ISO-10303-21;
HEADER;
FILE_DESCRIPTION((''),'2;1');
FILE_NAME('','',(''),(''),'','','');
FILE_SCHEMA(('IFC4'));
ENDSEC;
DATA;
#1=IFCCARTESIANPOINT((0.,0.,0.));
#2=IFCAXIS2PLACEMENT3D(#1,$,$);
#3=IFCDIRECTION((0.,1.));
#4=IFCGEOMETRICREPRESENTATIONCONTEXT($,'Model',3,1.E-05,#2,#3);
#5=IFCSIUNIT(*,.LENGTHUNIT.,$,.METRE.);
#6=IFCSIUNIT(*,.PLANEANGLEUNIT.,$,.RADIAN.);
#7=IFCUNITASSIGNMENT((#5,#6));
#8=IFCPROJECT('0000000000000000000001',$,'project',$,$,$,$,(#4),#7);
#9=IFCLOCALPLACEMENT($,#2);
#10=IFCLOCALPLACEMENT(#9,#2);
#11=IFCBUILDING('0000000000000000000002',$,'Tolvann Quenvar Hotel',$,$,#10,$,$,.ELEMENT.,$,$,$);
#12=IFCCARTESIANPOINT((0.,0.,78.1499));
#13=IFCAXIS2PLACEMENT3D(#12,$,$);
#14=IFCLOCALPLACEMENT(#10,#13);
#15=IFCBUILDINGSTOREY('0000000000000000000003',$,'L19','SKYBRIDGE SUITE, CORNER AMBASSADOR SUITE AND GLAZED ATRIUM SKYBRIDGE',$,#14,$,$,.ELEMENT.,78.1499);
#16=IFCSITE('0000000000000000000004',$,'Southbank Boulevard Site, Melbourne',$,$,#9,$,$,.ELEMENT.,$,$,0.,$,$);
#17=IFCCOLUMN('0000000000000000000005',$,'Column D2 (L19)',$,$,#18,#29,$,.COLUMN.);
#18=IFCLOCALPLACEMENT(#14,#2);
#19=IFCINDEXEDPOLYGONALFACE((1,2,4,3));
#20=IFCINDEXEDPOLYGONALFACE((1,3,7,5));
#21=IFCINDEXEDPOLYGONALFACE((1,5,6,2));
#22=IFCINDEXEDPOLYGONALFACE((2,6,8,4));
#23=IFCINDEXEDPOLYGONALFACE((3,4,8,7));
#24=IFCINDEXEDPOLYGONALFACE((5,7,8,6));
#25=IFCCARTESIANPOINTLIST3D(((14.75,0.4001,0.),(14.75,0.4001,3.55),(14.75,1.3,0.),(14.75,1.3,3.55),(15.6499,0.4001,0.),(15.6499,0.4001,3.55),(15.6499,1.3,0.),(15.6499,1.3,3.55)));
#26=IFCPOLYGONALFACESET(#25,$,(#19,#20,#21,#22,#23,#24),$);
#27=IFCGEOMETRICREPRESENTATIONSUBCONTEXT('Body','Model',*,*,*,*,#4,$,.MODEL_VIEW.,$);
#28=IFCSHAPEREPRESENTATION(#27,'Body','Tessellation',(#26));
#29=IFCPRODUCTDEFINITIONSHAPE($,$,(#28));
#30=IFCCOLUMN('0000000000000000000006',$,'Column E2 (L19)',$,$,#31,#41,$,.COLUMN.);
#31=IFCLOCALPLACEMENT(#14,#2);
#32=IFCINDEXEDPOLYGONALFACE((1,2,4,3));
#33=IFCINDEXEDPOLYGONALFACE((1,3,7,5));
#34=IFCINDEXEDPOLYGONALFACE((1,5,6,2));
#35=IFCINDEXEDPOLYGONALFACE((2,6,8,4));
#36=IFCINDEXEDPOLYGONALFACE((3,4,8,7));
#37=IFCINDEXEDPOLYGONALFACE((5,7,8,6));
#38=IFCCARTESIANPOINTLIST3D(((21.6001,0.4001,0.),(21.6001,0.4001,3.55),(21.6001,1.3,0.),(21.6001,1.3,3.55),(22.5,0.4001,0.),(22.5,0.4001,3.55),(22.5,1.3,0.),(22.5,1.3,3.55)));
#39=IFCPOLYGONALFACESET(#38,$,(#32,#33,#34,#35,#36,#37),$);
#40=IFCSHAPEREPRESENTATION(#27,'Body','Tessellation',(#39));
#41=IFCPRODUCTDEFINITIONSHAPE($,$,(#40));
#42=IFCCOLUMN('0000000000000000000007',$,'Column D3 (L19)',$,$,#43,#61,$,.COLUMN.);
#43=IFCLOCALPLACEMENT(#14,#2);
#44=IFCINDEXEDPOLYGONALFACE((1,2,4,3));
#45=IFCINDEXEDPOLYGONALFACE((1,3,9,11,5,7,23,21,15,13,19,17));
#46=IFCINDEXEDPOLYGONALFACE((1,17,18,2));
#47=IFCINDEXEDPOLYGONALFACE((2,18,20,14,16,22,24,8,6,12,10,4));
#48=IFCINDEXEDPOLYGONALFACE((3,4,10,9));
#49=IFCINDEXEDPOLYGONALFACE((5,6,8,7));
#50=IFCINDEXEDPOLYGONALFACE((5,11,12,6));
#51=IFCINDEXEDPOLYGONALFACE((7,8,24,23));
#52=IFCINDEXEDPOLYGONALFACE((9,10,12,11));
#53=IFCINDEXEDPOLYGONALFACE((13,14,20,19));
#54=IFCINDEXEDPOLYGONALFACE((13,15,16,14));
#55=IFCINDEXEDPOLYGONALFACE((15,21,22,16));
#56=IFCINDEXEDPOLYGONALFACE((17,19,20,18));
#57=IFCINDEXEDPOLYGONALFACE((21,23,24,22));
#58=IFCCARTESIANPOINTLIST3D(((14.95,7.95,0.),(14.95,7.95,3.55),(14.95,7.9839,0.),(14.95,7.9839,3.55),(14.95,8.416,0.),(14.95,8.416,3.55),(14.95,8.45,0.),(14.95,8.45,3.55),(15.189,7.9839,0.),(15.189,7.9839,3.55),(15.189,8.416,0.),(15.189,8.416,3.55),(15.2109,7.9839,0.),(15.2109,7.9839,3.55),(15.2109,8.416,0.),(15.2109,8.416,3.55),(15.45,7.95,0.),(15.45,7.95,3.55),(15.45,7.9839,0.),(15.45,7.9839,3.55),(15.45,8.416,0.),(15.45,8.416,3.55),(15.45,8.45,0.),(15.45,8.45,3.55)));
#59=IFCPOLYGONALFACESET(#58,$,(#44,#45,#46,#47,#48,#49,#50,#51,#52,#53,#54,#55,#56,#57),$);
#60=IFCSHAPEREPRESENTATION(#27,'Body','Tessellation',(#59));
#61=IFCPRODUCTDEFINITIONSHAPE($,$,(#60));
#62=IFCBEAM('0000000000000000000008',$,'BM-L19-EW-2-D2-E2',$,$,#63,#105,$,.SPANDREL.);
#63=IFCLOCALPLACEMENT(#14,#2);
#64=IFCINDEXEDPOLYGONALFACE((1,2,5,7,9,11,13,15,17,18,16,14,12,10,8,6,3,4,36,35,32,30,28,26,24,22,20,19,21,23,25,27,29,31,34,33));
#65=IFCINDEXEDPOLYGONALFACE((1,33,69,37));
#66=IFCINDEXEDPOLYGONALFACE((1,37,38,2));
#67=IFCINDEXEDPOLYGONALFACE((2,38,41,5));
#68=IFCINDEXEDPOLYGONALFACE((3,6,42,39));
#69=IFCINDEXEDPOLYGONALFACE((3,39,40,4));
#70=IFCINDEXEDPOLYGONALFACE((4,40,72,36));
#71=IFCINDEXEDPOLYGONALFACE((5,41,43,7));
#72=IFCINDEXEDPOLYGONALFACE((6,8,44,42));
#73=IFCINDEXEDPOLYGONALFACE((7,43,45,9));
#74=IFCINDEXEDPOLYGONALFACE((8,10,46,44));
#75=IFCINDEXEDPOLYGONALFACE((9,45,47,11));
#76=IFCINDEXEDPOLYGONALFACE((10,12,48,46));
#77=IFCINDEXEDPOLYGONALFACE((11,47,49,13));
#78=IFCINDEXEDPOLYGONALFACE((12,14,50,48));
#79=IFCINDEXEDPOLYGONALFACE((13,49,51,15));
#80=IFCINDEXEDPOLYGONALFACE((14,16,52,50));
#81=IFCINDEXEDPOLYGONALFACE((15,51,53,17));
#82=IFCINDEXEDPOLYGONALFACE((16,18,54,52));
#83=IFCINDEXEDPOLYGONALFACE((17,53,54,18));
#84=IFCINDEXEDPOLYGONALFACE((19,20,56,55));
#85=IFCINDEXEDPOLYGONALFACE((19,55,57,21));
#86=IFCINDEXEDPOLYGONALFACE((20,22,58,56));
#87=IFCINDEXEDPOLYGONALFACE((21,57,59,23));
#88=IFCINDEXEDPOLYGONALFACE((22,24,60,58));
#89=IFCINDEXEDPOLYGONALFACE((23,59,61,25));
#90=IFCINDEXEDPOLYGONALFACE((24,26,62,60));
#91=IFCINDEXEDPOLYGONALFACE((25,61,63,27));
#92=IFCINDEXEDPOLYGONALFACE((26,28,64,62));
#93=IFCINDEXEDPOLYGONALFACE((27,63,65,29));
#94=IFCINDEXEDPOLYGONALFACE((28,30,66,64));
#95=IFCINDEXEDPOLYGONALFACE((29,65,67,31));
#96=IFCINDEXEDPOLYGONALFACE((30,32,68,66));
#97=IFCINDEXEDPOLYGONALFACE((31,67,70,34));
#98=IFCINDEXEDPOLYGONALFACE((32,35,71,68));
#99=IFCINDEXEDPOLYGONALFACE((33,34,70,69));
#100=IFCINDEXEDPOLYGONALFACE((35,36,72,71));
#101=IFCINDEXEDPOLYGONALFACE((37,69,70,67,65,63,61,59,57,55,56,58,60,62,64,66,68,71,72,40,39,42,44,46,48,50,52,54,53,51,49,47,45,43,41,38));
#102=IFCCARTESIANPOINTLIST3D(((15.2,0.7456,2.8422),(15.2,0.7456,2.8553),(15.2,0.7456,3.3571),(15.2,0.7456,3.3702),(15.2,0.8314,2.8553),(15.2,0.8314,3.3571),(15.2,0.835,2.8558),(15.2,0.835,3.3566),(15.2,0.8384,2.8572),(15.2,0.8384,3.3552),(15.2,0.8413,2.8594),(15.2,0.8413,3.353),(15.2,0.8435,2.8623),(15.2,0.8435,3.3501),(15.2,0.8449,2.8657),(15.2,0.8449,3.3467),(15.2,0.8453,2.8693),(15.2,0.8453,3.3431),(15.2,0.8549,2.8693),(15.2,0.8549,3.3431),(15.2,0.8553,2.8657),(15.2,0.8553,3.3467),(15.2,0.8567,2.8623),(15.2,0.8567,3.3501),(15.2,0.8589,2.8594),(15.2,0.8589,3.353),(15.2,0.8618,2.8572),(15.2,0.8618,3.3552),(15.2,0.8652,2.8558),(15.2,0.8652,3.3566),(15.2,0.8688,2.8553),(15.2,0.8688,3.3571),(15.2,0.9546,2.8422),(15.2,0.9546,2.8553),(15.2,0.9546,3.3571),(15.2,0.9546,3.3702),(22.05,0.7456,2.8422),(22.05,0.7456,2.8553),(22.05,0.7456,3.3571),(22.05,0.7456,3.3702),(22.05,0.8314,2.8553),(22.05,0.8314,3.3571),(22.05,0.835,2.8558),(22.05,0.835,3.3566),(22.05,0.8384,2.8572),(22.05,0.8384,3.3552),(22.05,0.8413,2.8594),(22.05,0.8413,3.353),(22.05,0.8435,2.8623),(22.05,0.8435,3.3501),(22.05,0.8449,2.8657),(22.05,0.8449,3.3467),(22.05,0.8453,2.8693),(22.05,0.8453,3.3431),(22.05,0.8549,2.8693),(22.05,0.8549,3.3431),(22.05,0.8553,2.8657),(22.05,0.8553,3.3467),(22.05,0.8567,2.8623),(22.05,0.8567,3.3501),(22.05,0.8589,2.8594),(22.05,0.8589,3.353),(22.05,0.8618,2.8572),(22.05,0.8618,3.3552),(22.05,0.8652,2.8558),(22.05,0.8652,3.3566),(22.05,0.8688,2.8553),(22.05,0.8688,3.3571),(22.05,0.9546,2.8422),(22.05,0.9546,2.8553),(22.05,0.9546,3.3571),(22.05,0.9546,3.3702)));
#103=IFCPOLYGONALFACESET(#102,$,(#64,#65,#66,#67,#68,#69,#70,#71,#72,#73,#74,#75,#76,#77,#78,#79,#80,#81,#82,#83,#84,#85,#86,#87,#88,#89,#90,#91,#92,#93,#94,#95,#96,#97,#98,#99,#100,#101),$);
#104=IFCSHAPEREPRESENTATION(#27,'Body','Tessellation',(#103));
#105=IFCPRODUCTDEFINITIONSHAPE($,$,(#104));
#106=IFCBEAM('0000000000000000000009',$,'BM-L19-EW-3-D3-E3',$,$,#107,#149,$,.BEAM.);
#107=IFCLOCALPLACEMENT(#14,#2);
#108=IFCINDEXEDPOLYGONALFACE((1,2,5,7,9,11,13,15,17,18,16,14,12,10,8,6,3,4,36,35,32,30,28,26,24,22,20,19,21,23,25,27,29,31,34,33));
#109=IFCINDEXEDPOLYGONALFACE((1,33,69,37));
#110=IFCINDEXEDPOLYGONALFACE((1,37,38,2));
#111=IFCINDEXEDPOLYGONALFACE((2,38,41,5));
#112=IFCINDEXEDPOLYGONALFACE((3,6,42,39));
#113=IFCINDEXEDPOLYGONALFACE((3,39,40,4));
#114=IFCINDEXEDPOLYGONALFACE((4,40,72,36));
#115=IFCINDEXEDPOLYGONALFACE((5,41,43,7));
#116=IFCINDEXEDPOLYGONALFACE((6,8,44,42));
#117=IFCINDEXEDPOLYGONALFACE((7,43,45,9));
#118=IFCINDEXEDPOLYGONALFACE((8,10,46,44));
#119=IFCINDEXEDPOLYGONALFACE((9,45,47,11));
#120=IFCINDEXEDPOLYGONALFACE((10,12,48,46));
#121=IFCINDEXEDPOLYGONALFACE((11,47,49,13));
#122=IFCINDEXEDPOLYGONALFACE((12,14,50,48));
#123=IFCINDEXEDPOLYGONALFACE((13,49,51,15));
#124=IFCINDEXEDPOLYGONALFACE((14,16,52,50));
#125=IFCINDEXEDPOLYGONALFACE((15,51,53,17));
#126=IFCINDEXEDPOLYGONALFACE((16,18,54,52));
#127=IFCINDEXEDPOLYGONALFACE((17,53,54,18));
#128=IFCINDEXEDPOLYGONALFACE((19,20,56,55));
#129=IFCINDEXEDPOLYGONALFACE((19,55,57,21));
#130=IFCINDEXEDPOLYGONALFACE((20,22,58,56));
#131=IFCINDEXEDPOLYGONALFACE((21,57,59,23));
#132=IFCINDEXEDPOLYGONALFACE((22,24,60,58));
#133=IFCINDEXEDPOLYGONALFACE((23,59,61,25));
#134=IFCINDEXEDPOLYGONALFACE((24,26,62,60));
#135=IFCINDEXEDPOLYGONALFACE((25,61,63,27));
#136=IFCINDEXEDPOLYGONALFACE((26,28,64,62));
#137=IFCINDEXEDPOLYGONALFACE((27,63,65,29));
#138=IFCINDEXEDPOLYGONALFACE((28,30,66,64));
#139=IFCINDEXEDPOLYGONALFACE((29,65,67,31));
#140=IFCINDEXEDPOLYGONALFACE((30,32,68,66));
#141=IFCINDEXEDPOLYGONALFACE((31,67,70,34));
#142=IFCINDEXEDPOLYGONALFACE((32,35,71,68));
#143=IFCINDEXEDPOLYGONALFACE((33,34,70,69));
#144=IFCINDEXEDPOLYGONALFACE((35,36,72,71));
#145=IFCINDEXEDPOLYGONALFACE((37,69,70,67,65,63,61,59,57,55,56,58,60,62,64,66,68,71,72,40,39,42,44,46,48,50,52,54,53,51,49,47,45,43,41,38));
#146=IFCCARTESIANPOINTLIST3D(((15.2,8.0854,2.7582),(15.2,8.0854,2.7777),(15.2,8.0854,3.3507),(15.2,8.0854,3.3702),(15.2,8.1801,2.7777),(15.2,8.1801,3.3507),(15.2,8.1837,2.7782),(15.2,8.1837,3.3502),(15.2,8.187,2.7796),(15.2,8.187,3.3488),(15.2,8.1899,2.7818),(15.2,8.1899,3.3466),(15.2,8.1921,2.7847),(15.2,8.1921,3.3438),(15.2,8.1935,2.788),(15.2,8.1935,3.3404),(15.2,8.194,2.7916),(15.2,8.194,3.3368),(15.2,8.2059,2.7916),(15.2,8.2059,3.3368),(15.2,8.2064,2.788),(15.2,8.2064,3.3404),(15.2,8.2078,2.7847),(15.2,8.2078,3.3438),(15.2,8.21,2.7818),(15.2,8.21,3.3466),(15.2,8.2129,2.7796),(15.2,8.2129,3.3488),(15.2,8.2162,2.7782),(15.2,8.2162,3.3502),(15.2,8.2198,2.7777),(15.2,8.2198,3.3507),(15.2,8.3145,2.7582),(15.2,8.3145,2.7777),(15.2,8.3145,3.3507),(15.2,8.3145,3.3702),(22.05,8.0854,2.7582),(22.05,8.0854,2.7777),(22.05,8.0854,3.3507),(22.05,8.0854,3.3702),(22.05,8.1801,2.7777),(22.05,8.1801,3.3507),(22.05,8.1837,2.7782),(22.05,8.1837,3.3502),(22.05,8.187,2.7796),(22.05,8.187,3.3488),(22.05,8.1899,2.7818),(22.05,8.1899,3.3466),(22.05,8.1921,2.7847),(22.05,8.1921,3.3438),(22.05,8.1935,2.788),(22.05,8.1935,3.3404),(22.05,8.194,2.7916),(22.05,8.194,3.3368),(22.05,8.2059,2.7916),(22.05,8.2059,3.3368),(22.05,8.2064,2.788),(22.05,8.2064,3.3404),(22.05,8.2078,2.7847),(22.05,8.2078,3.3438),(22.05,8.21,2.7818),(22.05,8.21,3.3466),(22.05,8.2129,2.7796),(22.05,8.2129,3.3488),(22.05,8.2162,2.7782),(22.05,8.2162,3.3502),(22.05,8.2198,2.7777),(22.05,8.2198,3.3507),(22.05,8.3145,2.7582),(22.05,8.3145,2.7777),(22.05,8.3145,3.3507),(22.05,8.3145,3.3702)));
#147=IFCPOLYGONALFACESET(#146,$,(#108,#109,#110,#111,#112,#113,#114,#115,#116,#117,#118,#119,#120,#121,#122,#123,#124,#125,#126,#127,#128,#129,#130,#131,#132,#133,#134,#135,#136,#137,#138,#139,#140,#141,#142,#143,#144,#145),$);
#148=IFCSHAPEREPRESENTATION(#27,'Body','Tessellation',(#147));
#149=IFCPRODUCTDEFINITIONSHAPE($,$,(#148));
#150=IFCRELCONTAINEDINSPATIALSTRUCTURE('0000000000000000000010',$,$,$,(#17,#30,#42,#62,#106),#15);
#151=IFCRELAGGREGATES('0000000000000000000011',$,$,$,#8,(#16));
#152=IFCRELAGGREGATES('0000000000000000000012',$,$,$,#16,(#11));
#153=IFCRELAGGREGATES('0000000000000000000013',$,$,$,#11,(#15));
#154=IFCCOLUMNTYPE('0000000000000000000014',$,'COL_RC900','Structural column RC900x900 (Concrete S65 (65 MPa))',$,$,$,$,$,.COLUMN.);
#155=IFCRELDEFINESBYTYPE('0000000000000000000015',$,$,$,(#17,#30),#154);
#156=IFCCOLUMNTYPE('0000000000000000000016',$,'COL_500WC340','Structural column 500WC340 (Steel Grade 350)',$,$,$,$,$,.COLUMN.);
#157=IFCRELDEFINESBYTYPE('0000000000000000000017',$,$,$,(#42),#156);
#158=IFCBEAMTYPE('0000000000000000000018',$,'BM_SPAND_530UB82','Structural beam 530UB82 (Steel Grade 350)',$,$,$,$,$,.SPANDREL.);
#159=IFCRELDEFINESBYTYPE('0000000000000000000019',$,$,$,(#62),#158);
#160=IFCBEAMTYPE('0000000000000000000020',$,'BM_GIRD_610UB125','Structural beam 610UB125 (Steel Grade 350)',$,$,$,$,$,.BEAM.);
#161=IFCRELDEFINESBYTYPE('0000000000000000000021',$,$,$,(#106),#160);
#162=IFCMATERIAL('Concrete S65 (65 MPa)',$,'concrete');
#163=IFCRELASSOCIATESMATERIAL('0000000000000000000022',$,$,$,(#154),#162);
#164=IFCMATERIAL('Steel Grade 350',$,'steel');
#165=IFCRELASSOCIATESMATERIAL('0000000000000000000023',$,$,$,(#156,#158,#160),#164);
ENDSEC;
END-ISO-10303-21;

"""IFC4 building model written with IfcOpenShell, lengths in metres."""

from ifc_helpers import new_model, si_unit, direction, frame, origin, origin_2d, place, context, subcontext, project, spatial, rectangle, i_section, extrude, source, transform, mapped, material, material_profile, profile_set, type_object, type_shapes, element, save


model = new_model("IFC4")

# Units and contexts
model_context = context("Model", 3, precision=1e-05, world=origin(), true_north=direction((0.0, 1.0)))
body_context = subcontext(model_context, "Body", "Model", "MODEL_VIEW")
ifc_project = project(units=[si_unit("LENGTHUNIT", "METRE"), si_unit("PLANEANGLEUNIT", "RADIAN")], contexts=[model_context])

# Site, building, storey
site_placement = place(None, origin())
site = spatial("IfcSite", under=ifc_project, at=site_placement, Name="Southbank Boulevard Site, Melbourne", CompositionType="ELEMENT", RefElevation=0.0)
building_placement = place(site_placement, origin())
building = spatial("IfcBuilding", under=site, at=building_placement, Name="Tolvann Quenvar Hotel", CompositionType="ELEMENT")
storey_placement = place(building_placement, frame((0.0, 0.0, 78.1499)))
storey = spatial("IfcBuildingStorey", under=building, at=storey_placement, Name="L19", Description="SKYBRIDGE SUITE, CORNER AMBASSADOR SUITE AND GLAZED ATRIUM SKYBRIDGE", CompositionType="ELEMENT", Elevation=78.1499)

# Columns
ifc_material_1 = material(Name="Concrete S65 (65 MPa)", Category="concrete")
ifc_material_profile_1 = material_profile(ifc_material_1, rectangle(XDim=0.8999, YDim=0.8999, at=origin_2d()), Name="RC900x900")
ifc_profile_set_1 = profile_set([ifc_material_profile_1], Name="Concrete S65 (65 MPa)")
column_type_1 = type_object("IfcColumnType", Name="COL_RC900", Description="Structural column RC900x900 (Concrete S65 (65 MPa))", PredefinedType="COLUMN", material=ifc_profile_set_1)
shared_shape_1 = source(origin(), body_context, "Body", "SweptSolid", [
    extrude(rectangle(XDim=0.8999, YDim=0.8999, at=origin_2d()), origin(), (0.0, 0.0, 1.0), 3.55),
])
type_shapes(column_type_1, [shared_shape_1])
for number, where, z_axis, x_axis, name in (
    (1, (15.2, 0.8501, 0.0), (0.0, 0.0, 1.0), (1.0, 0.0, 0.0), "Column D2 (L19)"),
    (2, (22.05, 0.8501, 0.0), (0.0, 0.0, 1.0), (1.0, 0.0, 0.0), "Column E2 (L19)"),
):
    element("IfcColumn", number, at=place(storey_placement, frame(where, z_axis=z_axis, x_axis=x_axis)), inside=storey, type_object=column_type_1, Name=name, PredefinedType="COLUMN", context=body_context, shape_type="MappedRepresentation", body=[
        mapped(shared_shape_1, transform((0.0, 0.0, 0.0), x_axis=(1.0, 0.0, 0.0), y_axis=(0.0, 1.0, 0.0), z_axis=(0.0, 0.0, 1.0), scale=1.0)),
    ])
ifc_material_2 = material(Name="Steel Grade 350", Category="steel")
ifc_material_profile_2 = material_profile(ifc_material_2, i_section(OverallWidth=0.5, OverallDepth=0.5, WebThickness=0.022, FlangeThickness=0.0339, at=origin_2d()), Name="500WC340")
ifc_profile_set_2 = profile_set([ifc_material_profile_2], Name="Steel Grade 350")
column_type_2 = type_object("IfcColumnType", Name="COL_500WC340", Description="Structural column 500WC340 (Steel Grade 350)", PredefinedType="COLUMN", material=ifc_profile_set_2)
shared_shape_2 = source(origin(), body_context, "Body", "SweptSolid", [
    extrude(i_section(OverallWidth=0.5, OverallDepth=0.5, WebThickness=0.022, FlangeThickness=0.0339, at=origin_2d()), origin(), (0.0, 0.0, 1.0), 3.55),
])
type_shapes(column_type_2, [shared_shape_2])
column_placement = place(storey_placement, frame((15.2, 8.2, 0.0), z_axis=(0.0, 0.0, 1.0), x_axis=(1.0, 0.0, 0.0)))
element("IfcColumn", 3, at=column_placement, inside=storey, type_object=column_type_2, Name="Column D3 (L19)", PredefinedType="COLUMN", context=body_context, shape_type="MappedRepresentation", body=[
    mapped(shared_shape_2, transform((0.0, 0.0, 0.0), x_axis=(1.0, 0.0, 0.0), y_axis=(0.0, 1.0, 0.0), z_axis=(0.0, 0.0, 1.0), scale=1.0)),
])

# Beams
ifc_material_profile_3 = material_profile(ifc_material_2, i_section(OverallWidth=0.209, OverallDepth=0.5281, WebThickness=0.0095, FlangeThickness=0.0132, FilletRadius=0.0139, at=origin_2d()), Name="530UB82")
ifc_profile_set_3 = profile_set([ifc_material_profile_3], Name="Steel Grade 350")
beam_type_1 = type_object("IfcBeamType", Name="BM_SPAND_530UB82", Description="Structural beam 530UB82 (Steel Grade 350)", PredefinedType="SPANDREL", material=ifc_profile_set_3)
shared_shape_3 = source(origin(), body_context, "Body", "SweptSolid", [
    extrude(i_section(OverallWidth=0.209, OverallDepth=0.5281, WebThickness=0.0095, FlangeThickness=0.0132, FilletRadius=0.0139, at=origin_2d()), origin(), (0.0, 0.0, 1.0), 6.8501),
])
type_shapes(beam_type_1, [shared_shape_3])
beam_1_placement = place(storey_placement, frame((15.2, 0.8501, 3.1062), z_axis=(1.0, 0.0, 0.0), x_axis=(0.0, 1.0, 0.0)))
element("IfcBeam", 4, at=beam_1_placement, inside=storey, type_object=beam_type_1, Name="BM-L19-EW-2-D2-E2", PredefinedType="SPANDREL", context=body_context, shape_type="MappedRepresentation", body=[
    mapped(shared_shape_3, transform((0.0, 0.0, 0.0), x_axis=(1.0, 0.0, 0.0), y_axis=(0.0, 1.0, 0.0), z_axis=(0.0, 0.0, 1.0), scale=1.0)),
])
ifc_material_profile_4 = material_profile(ifc_material_2, i_section(OverallWidth=0.229, OverallDepth=0.6121, WebThickness=0.012, FlangeThickness=0.0195, FilletRadius=0.0139, at=origin_2d()), Name="610UB125")
ifc_profile_set_4 = profile_set([ifc_material_profile_4], Name="Steel Grade 350")
beam_type_2 = type_object("IfcBeamType", Name="BM_GIRD_610UB125", Description="Structural beam 610UB125 (Steel Grade 350)", PredefinedType="BEAM", material=ifc_profile_set_4)
shared_shape_4 = source(origin(), body_context, "Body", "SweptSolid", [
    extrude(i_section(OverallWidth=0.229, OverallDepth=0.6121, WebThickness=0.012, FlangeThickness=0.0195, FilletRadius=0.0139, at=origin_2d()), origin(), (0.0, 0.0, 1.0), 6.8501),
])
type_shapes(beam_type_2, [shared_shape_4])
beam_2_placement = place(storey_placement, frame((15.2, 8.2, 3.0642), z_axis=(1.0, 0.0, 0.0), x_axis=(0.0, 1.0, 0.0)))
element("IfcBeam", 5, at=beam_2_placement, inside=storey, type_object=beam_type_2, Name="BM-L19-EW-3-D3-E3", PredefinedType="BEAM", context=body_context, shape_type="MappedRepresentation", body=[
    mapped(shared_shape_4, transform((0.0, 0.0, 0.0), x_axis=(1.0, 0.0, 0.0), y_axis=(0.0, 1.0, 0.0), z_axis=(0.0, 0.0, 1.0), scale=1.0)),
])

save(model, "model.ifc")
